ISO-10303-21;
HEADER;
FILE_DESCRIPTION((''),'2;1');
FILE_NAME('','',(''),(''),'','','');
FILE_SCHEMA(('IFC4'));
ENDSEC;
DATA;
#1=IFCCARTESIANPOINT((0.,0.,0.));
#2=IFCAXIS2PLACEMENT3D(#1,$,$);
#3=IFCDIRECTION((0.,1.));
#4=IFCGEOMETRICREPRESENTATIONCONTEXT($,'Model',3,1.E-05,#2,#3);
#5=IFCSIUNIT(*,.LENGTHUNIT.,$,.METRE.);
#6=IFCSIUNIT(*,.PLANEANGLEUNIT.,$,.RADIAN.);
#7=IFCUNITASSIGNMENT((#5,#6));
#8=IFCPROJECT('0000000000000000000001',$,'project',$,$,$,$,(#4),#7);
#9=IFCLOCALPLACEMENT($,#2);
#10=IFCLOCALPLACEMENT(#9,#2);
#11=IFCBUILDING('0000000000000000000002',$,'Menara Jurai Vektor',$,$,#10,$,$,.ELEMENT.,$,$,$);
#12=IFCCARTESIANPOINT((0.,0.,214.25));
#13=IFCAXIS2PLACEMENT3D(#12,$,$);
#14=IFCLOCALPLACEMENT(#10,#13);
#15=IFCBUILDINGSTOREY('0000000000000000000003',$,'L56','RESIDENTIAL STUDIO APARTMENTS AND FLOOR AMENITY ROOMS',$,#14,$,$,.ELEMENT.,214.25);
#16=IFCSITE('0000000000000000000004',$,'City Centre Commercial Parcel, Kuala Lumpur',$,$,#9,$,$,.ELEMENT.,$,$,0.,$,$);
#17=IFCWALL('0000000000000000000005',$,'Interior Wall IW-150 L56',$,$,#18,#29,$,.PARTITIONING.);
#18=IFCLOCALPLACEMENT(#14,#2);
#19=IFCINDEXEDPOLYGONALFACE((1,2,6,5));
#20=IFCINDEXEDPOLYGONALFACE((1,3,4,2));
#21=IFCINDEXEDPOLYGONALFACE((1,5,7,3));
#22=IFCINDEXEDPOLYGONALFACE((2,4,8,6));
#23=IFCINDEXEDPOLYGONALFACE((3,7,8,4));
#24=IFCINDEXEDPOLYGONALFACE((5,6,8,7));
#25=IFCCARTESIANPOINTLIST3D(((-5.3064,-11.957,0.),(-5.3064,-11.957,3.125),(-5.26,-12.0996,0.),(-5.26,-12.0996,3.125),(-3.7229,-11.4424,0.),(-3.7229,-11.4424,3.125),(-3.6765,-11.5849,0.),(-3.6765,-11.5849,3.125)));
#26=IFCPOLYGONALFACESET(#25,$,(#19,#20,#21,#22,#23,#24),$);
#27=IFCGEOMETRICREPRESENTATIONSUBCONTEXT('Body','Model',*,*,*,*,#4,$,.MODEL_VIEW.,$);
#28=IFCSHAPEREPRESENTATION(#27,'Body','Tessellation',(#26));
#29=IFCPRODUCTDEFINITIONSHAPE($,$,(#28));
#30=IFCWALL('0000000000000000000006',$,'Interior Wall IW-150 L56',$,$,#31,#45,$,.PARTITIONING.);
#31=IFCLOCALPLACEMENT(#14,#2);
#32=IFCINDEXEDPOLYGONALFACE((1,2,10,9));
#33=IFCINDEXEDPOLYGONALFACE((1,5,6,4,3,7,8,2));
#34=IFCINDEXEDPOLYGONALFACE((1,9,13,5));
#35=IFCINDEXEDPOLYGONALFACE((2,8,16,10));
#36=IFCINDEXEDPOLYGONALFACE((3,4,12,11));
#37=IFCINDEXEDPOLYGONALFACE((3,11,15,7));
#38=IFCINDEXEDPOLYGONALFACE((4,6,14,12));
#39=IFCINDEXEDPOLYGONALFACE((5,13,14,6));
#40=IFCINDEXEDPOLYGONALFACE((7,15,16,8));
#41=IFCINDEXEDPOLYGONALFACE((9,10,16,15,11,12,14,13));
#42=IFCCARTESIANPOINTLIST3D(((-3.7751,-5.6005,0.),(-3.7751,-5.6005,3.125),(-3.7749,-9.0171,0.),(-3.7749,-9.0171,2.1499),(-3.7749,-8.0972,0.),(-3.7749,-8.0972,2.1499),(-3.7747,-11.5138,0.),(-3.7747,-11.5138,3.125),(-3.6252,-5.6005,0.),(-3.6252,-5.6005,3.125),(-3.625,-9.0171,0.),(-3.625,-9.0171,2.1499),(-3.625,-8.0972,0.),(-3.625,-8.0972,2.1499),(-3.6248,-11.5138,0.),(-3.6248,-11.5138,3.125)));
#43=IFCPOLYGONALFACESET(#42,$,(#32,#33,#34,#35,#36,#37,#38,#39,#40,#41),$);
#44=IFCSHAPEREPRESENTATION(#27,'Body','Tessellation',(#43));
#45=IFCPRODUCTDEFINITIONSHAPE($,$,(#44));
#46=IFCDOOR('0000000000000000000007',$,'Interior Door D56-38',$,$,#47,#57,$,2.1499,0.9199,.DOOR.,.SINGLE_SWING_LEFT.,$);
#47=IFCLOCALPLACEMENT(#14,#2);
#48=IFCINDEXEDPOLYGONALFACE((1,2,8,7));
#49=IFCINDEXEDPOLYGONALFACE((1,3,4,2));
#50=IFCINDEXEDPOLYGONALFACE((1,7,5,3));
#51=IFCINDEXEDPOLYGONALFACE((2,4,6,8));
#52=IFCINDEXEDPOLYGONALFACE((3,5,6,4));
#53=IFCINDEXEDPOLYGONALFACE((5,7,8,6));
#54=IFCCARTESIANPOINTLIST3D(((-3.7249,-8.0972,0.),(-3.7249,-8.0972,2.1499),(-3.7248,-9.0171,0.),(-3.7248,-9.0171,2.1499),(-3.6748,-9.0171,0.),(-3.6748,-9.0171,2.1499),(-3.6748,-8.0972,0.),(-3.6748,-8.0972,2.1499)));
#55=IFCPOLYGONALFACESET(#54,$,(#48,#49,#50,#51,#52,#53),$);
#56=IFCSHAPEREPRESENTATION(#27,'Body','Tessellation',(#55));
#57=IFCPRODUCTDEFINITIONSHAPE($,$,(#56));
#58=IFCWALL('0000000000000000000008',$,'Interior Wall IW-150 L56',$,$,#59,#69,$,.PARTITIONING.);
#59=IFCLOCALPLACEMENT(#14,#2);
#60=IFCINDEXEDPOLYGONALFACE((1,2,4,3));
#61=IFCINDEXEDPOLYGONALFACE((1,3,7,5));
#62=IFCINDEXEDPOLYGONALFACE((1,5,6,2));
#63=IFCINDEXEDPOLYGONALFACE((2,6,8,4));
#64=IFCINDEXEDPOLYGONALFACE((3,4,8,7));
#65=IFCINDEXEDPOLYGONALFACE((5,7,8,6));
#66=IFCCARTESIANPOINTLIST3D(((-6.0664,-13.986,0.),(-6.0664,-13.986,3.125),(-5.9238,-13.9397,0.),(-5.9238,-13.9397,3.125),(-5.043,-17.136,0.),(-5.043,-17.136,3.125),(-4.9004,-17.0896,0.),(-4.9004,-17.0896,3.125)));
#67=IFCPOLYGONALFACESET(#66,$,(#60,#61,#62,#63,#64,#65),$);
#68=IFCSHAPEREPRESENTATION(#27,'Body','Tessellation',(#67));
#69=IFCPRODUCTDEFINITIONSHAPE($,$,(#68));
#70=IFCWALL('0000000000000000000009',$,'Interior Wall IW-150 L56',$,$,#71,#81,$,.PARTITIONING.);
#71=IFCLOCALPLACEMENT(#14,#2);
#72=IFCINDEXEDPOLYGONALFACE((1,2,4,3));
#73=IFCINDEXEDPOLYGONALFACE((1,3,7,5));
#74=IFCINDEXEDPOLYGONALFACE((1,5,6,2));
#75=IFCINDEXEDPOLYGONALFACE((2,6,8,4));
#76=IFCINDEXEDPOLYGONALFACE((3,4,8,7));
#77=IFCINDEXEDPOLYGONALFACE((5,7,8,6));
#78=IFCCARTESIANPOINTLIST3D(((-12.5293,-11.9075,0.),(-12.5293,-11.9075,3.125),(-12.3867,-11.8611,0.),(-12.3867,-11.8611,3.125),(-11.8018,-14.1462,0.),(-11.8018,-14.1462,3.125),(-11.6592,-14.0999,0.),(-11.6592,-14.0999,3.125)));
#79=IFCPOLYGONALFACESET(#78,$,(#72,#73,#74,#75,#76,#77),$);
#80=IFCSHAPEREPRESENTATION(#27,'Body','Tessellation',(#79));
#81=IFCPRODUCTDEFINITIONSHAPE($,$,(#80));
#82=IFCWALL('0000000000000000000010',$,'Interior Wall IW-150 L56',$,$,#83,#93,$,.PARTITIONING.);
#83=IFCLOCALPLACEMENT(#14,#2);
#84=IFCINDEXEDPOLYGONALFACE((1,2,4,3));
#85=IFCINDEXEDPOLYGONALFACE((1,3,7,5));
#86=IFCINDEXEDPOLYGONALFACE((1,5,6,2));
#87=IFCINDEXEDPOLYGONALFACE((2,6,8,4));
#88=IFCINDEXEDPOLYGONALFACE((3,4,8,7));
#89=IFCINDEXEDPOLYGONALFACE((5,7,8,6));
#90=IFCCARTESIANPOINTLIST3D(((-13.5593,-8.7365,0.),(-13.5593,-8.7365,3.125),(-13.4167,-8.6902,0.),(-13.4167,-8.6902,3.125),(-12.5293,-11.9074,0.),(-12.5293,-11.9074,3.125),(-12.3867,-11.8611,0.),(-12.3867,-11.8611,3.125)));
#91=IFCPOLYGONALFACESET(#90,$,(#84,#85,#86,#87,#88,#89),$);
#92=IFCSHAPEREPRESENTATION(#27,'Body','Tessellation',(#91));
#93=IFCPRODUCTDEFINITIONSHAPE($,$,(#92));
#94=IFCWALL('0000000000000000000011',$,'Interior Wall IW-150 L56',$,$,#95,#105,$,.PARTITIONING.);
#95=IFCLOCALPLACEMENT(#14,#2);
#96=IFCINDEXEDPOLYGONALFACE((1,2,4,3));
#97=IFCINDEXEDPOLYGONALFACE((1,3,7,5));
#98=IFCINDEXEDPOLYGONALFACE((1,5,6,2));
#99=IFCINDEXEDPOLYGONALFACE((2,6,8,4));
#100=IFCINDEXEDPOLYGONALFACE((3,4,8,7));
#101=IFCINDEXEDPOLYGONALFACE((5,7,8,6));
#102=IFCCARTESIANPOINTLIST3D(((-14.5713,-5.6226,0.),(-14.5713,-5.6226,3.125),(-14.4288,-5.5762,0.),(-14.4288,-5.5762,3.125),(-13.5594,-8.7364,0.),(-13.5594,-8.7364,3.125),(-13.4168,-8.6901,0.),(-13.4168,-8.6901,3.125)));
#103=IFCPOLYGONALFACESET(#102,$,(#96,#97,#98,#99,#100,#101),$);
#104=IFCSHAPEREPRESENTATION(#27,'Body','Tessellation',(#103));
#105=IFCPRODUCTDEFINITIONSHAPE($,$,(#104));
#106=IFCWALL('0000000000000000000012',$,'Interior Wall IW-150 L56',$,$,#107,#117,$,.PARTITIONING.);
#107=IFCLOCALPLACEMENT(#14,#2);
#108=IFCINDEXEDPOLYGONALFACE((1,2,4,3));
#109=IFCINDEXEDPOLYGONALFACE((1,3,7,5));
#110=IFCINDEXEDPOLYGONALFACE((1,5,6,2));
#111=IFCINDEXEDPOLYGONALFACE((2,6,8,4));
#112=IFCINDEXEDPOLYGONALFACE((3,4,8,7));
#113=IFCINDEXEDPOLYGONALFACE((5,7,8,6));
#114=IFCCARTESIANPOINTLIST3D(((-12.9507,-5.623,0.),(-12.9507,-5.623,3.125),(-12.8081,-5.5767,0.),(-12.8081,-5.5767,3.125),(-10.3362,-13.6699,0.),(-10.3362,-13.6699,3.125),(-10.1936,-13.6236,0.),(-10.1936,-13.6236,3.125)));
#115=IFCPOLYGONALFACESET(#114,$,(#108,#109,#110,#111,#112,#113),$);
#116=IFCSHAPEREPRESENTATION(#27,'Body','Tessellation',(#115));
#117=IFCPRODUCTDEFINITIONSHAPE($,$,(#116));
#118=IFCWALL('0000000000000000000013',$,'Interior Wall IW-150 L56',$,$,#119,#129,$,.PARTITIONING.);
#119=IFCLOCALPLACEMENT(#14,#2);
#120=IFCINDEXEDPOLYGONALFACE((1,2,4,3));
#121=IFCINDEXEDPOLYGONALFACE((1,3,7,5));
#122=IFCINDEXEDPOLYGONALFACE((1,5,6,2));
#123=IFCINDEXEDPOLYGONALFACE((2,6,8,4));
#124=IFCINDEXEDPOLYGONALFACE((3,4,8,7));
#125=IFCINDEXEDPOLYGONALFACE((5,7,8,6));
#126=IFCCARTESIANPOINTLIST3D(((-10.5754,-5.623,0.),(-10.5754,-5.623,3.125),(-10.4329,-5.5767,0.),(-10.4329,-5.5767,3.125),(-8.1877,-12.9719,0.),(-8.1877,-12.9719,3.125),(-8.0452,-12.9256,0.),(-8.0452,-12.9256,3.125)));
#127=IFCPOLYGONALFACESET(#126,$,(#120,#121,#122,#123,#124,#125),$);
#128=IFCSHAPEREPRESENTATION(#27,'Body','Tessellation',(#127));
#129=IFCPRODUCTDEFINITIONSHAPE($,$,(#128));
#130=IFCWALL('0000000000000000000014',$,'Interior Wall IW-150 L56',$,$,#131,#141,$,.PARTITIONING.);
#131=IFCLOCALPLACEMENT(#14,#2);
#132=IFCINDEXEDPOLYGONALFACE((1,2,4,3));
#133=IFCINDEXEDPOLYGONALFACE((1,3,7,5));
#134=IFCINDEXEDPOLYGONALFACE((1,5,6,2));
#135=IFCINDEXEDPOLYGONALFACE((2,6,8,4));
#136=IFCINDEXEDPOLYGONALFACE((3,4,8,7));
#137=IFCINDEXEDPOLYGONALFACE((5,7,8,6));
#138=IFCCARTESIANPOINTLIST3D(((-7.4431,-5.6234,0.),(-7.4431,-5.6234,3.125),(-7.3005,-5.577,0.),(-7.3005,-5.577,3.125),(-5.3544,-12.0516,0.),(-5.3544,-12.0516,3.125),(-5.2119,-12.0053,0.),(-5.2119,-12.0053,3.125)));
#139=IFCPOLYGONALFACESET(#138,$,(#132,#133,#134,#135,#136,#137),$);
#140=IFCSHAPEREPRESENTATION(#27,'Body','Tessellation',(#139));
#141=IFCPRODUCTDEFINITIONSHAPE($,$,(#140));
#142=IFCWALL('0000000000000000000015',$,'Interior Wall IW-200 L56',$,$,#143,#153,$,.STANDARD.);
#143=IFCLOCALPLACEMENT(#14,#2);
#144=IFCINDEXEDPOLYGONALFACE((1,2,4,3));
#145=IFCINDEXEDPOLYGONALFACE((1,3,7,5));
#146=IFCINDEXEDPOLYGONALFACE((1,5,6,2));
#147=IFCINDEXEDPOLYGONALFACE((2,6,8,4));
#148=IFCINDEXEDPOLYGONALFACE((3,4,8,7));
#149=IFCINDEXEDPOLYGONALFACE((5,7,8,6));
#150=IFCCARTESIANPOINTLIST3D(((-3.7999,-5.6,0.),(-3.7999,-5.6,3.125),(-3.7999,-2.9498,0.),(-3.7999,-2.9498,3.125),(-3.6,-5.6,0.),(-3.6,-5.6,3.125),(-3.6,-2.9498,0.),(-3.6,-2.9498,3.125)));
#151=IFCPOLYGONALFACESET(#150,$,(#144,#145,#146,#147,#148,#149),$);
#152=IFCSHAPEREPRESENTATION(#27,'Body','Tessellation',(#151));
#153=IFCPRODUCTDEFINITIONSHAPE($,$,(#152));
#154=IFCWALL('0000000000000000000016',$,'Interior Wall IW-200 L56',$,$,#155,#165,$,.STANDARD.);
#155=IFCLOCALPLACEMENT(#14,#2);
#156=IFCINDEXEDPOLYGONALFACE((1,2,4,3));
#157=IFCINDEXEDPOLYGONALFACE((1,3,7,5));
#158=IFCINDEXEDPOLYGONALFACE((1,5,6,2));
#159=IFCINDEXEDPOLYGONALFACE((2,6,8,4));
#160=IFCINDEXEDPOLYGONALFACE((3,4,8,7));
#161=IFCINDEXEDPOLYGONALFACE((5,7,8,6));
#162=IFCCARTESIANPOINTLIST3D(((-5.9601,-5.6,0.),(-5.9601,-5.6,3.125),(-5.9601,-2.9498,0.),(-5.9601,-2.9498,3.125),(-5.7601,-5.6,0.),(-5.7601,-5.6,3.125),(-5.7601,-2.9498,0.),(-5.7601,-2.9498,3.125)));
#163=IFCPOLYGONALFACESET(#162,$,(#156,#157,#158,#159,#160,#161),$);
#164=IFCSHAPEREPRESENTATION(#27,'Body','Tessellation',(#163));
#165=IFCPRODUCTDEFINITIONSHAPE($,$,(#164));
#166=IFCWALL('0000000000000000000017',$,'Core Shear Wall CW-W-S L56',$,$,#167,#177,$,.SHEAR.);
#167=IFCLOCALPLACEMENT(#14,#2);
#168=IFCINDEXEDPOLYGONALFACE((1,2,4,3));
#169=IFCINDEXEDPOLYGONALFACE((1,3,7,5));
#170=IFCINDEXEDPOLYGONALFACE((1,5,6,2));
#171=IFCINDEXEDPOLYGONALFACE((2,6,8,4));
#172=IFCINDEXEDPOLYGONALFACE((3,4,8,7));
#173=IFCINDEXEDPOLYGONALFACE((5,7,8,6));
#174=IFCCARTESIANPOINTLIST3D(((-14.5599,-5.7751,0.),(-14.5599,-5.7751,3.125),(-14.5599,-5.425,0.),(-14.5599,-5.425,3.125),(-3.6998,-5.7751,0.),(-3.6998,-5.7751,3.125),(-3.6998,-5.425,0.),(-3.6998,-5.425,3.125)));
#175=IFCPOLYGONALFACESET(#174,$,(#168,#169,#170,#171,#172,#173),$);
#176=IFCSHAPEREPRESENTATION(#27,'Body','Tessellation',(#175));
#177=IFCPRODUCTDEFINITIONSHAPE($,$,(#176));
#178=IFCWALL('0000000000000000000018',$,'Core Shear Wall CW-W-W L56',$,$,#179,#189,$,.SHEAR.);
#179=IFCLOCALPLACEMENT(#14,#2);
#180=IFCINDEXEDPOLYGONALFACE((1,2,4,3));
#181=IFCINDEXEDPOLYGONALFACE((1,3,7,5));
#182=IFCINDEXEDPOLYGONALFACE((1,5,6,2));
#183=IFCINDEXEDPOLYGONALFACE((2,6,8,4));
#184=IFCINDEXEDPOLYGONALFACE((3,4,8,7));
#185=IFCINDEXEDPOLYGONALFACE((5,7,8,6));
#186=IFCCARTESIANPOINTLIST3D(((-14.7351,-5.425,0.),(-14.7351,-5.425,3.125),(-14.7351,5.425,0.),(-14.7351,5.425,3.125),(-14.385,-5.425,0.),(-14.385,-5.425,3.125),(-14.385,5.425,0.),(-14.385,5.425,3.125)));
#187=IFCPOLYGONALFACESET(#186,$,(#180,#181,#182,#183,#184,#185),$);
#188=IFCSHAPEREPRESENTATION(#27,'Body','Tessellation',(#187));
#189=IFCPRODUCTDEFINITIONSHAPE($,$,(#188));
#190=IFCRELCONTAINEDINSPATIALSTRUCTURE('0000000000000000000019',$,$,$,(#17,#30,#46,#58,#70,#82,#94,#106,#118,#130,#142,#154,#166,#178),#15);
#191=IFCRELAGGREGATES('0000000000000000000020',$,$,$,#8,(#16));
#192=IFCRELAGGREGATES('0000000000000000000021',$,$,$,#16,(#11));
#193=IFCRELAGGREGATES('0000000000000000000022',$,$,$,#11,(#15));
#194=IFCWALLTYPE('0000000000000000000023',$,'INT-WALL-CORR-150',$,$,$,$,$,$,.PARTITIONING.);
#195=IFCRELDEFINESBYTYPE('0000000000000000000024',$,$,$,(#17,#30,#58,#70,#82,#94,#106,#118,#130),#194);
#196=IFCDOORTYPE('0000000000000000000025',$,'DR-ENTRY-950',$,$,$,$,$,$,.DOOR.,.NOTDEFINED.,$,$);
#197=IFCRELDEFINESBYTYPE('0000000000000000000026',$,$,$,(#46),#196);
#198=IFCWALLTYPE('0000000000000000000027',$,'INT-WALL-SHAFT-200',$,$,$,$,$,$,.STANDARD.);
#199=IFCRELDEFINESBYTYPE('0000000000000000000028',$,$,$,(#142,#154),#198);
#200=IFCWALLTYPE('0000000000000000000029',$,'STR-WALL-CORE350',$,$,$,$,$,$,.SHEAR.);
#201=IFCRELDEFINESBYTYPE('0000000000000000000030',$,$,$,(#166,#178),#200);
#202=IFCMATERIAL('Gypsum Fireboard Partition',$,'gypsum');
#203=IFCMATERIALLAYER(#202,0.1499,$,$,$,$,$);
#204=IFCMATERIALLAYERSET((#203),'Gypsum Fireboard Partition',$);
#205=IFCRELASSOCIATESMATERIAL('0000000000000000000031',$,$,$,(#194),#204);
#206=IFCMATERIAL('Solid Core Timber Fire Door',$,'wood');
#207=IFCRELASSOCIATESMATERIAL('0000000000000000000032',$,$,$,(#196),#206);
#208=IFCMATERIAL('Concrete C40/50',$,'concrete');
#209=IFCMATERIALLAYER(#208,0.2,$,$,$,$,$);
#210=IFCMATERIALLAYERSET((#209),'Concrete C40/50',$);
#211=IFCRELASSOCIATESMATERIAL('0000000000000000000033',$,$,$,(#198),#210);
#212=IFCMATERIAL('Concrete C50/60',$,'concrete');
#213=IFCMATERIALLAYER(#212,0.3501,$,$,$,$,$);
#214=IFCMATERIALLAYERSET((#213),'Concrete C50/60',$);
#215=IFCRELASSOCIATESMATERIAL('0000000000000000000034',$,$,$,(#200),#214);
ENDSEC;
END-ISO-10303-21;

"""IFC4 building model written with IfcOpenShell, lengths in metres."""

from ifc_helpers import new_model, si_unit, direction, frame, frame_2d, origin, place, context, subcontext, project, spatial, rectangle, extrude, material, layer, layer_set, type_object, element, fill, save


model = new_model("IFC4")

# Units and contexts
model_context = context("Model", 3, precision=1e-05, world=origin(), true_north=direction((0.0, 1.0)))
body_context = subcontext(model_context, "Body", "Model", "MODEL_VIEW")
ifc_project = project(units=[si_unit("LENGTHUNIT", "METRE"), si_unit("PLANEANGLEUNIT", "RADIAN")], contexts=[model_context])

# Site, building, storey
site_placement = place(None, origin())
site = spatial("IfcSite", under=ifc_project, at=site_placement, Name="City Centre Commercial Parcel, Kuala Lumpur", CompositionType="ELEMENT", RefElevation=0.0)
building_placement = place(site_placement, origin())
building = spatial("IfcBuilding", under=site, at=building_placement, Name="Menara Jurai Vektor", CompositionType="ELEMENT")
storey_placement = place(building_placement, frame((0.0, 0.0, 214.25)))
storey = spatial("IfcBuildingStorey", under=building, at=storey_placement, Name="L56", Description="RESIDENTIAL STUDIO APARTMENTS AND FLOOR AMENITY ROOMS", CompositionType="ELEMENT", Elevation=214.25)

# Shared definitions
ifc_material_1 = material(Name="Concrete C50/60", Category="concrete")

# Shared definitions
ifc_material_2 = material(Name="Gypsum Fireboard Partition", Category="gypsum")
ifc_layer_1 = layer(ifc_material_2, 0.1499)
ifc_layer_set_1 = layer_set([ifc_layer_1], Name="Gypsum Fireboard Partition")
wall_type_1 = type_object("IfcWallType", Name="INT-WALL-CORR-150", PredefinedType="PARTITIONING", material=ifc_layer_set_1)

# Shared definitions
ifc_material_3 = material(Name="Solid Core Timber Fire Door", Category="wood")
door_type = type_object("IfcDoorType", Name="DR-ENTRY-950", OperationType="NOTDEFINED", PredefinedType="DOOR", material=ifc_material_3)

# Wall
wall_1_placement = place(storey_placement, frame((-5.2832, -12.0283, 0.0), z_axis=(0.0, 0.0, 1.0), x_axis=(0.951032, 0.309093, 0.0)))
element("IfcWall", 1, at=wall_1_placement, inside=storey, type_object=wall_type_1, Name="Interior Wall IW-150 L56", PredefinedType="PARTITIONING", context=body_context, shape_type="SweptSolid", body=[
    extrude(rectangle(XDim=1.665, YDim=0.1499, at=frame_2d((0.8325, 0.0))), origin(), (0.0, 0.0, 1.0), 3.125),
])

# Wall, opening, door
wall_2_placement = place(storey_placement, frame((-3.6997, -11.5137, 0.0), z_axis=(0.0, 0.0, 1.0), x_axis=(-0.000083, 1.0, 0.0)))
wall_2 = element("IfcWall", 2, at=wall_2_placement, inside=storey, type_object=wall_type_1, Name="Interior Wall IW-150 L56", PredefinedType="PARTITIONING", context=body_context, shape_type="SweptSolid", body=[
    extrude(rectangle(XDim=5.9133, YDim=0.1499, at=frame_2d((2.9565, 0.0))), origin(), (0.0, 0.0, 1.0), 3.125),
])
opening_1_placement = place(wall_2_placement, frame((2.4966, 0.0, 0.0)))
opening_1 = element("IfcOpeningElement", 3, at=opening_1_placement, cuts=wall_2, PredefinedType="OPENING", context=body_context, shape_type="SweptSolid", body=[
    extrude(rectangle(XDim=0.9199, YDim=2.1499, at=frame_2d((0.46, 1.075))), frame((0.0, 0.085, 0.0), z_axis=(0.0, -1.0, 0.0), x_axis=(1.0, 0.0, 0.0)), (0.0, 0.0, 1.0), 0.1699),
])
door_1_placement = place(opening_1_placement, origin())
door_1 = element("IfcDoor", 4, at=door_1_placement, inside=storey, type_object=door_type, Name="Interior Door D56-38", OperationType="SINGLE_SWING_LEFT", OverallHeight=2.1499, OverallWidth=0.9199, PredefinedType="DOOR", context=body_context, shape_type="SweptSolid", body=[
    extrude(rectangle(XDim=0.9199, YDim=2.1499, at=frame_2d((0.46, 1.075))), frame((0.0, 0.0249, 0.0), z_axis=(0.0, -1.0, 0.0), x_axis=(1.0, 0.0, 0.0)), (0.0, 0.0, 1.0), 0.05),
])
fill(opening_1, door_1)

# Walls
wall_3_placement = place(storey_placement, frame((-4.9717, -17.1128, 0.0), z_axis=(0.0, 0.0, 1.0), x_axis=(-0.309009, 0.951059, 0.0)))
element("IfcWall", 5, at=wall_3_placement, inside=storey, type_object=wall_type_1, Name="Interior Wall IW-150 L56", PredefinedType="PARTITIONING", context=body_context, shape_type="SweptSolid", body=[
    extrude(rectangle(XDim=3.312, YDim=0.1499, at=frame_2d((1.656, 0.0))), origin(), (0.0, 0.0, 1.0), 3.125),
])
wall_4_placement = place(storey_placement, frame((-11.7305, -14.123, 0.0), z_axis=(0.0, 0.0, 1.0), x_axis=(-0.309063, 0.951042, 0.0)))
element("IfcWall", 6, at=wall_4_placement, inside=storey, type_object=wall_type_1, Name="Interior Wall IW-150 L56", PredefinedType="PARTITIONING", context=body_context, shape_type="SweptSolid", body=[
    extrude(rectangle(XDim=2.354, YDim=0.1499, at=frame_2d((1.177, 0.0))), origin(), (0.0, 0.0, 1.0), 3.125),
])
wall_5_placement = place(storey_placement, frame((-12.458, -11.8843, 0.0), z_axis=(0.0, 0.0, 1.0), x_axis=(-0.308947, 0.951079, 0.0)))
element("IfcWall", 7, at=wall_5_placement, inside=storey, type_object=wall_type_1, Name="Interior Wall IW-150 L56", PredefinedType="PARTITIONING", context=body_context, shape_type="SweptSolid", body=[
    extrude(rectangle(XDim=3.334, YDim=0.1499, at=frame_2d((1.667, 0.0))), origin(), (0.0, 0.0, 1.0), 3.125),
])
wall_6_placement = place(storey_placement, frame((-13.488, -8.7134, 0.0), z_axis=(0.0, 0.0, 1.0), x_axis=(-0.309083, 0.951035, 0.0)))
element("IfcWall", 8, at=wall_6_placement, inside=storey, type_object=wall_type_1, Name="Interior Wall IW-150 L56", PredefinedType="PARTITIONING", context=body_context, shape_type="SweptSolid", body=[
    extrude(rectangle(XDim=3.2742, YDim=0.1499, at=frame_2d((1.6372, 0.0))), origin(), (0.0, 0.0, 1.0), 3.125),
])
wall_7_placement = place(storey_placement, frame((-10.2649, -13.6467, 0.0), z_axis=(0.0, 0.0, 1.0), x_axis=(-0.309008, 0.95106, 0.0)))
element("IfcWall", 9, at=wall_7_placement, inside=storey, type_object=wall_type_1, Name="Interior Wall IW-150 L56", PredefinedType="PARTITIONING", context=body_context, shape_type="SweptSolid", body=[
    extrude(rectangle(XDim=8.4609, YDim=0.1499, at=frame_2d((4.2305, 0.0))), origin(), (0.0, 0.0, 1.0), 3.125),
])
wall_8_placement = place(storey_placement, frame((-8.1165, -12.9487, 0.0), z_axis=(0.0, 0.0, 1.0), x_axis=(-0.309005, 0.95106, 0.0)))
element("IfcWall", 10, at=wall_8_placement, inside=storey, type_object=wall_type_1, Name="Interior Wall IW-150 L56", PredefinedType="PARTITIONING", context=body_context, shape_type="SweptSolid", body=[
    extrude(rectangle(XDim=7.7271, YDim=0.1499, at=frame_2d((3.8635, 0.0))), origin(), (0.0, 0.0, 1.0), 3.125),
])
wall_9_placement = place(storey_placement, frame((-5.2832, -12.0283, 0.0), z_axis=(0.0, 0.0, 1.0), x_axis=(-0.309013, 0.951058, 0.0)))
element("IfcWall", 11, at=wall_9_placement, inside=storey, type_object=wall_type_1, Name="Interior Wall IW-150 L56", PredefinedType="PARTITIONING", context=body_context, shape_type="SweptSolid", body=[
    extrude(rectangle(XDim=6.759, YDim=0.1499, at=frame_2d((3.3794, 0.0))), origin(), (0.0, 0.0, 1.0), 3.125),
])
ifc_material_4 = material(Name="Concrete C40/50", Category="concrete")
ifc_layer_2 = layer(ifc_material_4, 0.2)
ifc_layer_set_2 = layer_set([ifc_layer_2], Name="Concrete C40/50")
wall_type_2 = type_object("IfcWallType", Name="INT-WALL-SHAFT-200", PredefinedType="STANDARD", material=ifc_layer_set_2)
for number, where, z_axis, x_axis, name in (
    (12, (-3.7, -5.6001, 0.0), (0.0, 0.0, 1.0), (0.0, 1.0, 0.0), "Interior Wall IW-200 L56"),
    (13, (-5.8601, -5.6001, 0.0), (0.0, 0.0, 1.0), (0.0, 1.0, 0.0), "Interior Wall IW-200 L56"),
):
    element("IfcWall", number, at=place(storey_placement, frame(where, z_axis=z_axis, x_axis=x_axis)), inside=storey, type_object=wall_type_2, Name=name, PredefinedType="STANDARD", context=body_context, shape_type="SweptSolid", body=[
        extrude(rectangle(XDim=2.6501, YDim=0.2, at=frame_2d((1.3252, 0.0))), origin(), (0.0, 0.0, 1.0), 3.125),
    ])
ifc_layer_3 = layer(ifc_material_1, 0.3501)
ifc_layer_set_3 = layer_set([ifc_layer_3], Name="Concrete C50/60")
wall_type_3 = type_object("IfcWallType", Name="STR-WALL-CORE350", PredefinedType="SHEAR", material=ifc_layer_set_3)
wall_10_placement = place(storey_placement, frame((-14.5601, -5.6001, 0.0), z_axis=(0.0, 0.0, 1.0), x_axis=(1.0, 0.0, 0.0)))
element("IfcWall", 14, at=wall_10_placement, inside=storey, type_object=wall_type_3, Name="Core Shear Wall CW-W-S L56", PredefinedType="SHEAR", context=body_context, shape_type="SweptSolid", body=[
    extrude(rectangle(XDim=10.8601, YDim=0.3501, at=frame_2d((5.4302, 0.0))), origin(), (0.0, 0.0, 1.0), 3.125),
])
wall_11_placement = place(storey_placement, frame((-14.5601, -5.425, 0.0), z_axis=(0.0, 0.0, 1.0), x_axis=(0.0, 1.0, 0.0)))
element("IfcWall", 15, at=wall_11_placement, inside=storey, type_object=wall_type_3, Name="Core Shear Wall CW-W-W L56", PredefinedType="SHEAR", context=body_context, shape_type="SweptSolid", body=[
    extrude(rectangle(XDim=10.8501, YDim=0.3501, at=frame_2d((5.425, 0.0))), origin(), (0.0, 0.0, 1.0), 3.125),
])

save(model, "model.ifc")
